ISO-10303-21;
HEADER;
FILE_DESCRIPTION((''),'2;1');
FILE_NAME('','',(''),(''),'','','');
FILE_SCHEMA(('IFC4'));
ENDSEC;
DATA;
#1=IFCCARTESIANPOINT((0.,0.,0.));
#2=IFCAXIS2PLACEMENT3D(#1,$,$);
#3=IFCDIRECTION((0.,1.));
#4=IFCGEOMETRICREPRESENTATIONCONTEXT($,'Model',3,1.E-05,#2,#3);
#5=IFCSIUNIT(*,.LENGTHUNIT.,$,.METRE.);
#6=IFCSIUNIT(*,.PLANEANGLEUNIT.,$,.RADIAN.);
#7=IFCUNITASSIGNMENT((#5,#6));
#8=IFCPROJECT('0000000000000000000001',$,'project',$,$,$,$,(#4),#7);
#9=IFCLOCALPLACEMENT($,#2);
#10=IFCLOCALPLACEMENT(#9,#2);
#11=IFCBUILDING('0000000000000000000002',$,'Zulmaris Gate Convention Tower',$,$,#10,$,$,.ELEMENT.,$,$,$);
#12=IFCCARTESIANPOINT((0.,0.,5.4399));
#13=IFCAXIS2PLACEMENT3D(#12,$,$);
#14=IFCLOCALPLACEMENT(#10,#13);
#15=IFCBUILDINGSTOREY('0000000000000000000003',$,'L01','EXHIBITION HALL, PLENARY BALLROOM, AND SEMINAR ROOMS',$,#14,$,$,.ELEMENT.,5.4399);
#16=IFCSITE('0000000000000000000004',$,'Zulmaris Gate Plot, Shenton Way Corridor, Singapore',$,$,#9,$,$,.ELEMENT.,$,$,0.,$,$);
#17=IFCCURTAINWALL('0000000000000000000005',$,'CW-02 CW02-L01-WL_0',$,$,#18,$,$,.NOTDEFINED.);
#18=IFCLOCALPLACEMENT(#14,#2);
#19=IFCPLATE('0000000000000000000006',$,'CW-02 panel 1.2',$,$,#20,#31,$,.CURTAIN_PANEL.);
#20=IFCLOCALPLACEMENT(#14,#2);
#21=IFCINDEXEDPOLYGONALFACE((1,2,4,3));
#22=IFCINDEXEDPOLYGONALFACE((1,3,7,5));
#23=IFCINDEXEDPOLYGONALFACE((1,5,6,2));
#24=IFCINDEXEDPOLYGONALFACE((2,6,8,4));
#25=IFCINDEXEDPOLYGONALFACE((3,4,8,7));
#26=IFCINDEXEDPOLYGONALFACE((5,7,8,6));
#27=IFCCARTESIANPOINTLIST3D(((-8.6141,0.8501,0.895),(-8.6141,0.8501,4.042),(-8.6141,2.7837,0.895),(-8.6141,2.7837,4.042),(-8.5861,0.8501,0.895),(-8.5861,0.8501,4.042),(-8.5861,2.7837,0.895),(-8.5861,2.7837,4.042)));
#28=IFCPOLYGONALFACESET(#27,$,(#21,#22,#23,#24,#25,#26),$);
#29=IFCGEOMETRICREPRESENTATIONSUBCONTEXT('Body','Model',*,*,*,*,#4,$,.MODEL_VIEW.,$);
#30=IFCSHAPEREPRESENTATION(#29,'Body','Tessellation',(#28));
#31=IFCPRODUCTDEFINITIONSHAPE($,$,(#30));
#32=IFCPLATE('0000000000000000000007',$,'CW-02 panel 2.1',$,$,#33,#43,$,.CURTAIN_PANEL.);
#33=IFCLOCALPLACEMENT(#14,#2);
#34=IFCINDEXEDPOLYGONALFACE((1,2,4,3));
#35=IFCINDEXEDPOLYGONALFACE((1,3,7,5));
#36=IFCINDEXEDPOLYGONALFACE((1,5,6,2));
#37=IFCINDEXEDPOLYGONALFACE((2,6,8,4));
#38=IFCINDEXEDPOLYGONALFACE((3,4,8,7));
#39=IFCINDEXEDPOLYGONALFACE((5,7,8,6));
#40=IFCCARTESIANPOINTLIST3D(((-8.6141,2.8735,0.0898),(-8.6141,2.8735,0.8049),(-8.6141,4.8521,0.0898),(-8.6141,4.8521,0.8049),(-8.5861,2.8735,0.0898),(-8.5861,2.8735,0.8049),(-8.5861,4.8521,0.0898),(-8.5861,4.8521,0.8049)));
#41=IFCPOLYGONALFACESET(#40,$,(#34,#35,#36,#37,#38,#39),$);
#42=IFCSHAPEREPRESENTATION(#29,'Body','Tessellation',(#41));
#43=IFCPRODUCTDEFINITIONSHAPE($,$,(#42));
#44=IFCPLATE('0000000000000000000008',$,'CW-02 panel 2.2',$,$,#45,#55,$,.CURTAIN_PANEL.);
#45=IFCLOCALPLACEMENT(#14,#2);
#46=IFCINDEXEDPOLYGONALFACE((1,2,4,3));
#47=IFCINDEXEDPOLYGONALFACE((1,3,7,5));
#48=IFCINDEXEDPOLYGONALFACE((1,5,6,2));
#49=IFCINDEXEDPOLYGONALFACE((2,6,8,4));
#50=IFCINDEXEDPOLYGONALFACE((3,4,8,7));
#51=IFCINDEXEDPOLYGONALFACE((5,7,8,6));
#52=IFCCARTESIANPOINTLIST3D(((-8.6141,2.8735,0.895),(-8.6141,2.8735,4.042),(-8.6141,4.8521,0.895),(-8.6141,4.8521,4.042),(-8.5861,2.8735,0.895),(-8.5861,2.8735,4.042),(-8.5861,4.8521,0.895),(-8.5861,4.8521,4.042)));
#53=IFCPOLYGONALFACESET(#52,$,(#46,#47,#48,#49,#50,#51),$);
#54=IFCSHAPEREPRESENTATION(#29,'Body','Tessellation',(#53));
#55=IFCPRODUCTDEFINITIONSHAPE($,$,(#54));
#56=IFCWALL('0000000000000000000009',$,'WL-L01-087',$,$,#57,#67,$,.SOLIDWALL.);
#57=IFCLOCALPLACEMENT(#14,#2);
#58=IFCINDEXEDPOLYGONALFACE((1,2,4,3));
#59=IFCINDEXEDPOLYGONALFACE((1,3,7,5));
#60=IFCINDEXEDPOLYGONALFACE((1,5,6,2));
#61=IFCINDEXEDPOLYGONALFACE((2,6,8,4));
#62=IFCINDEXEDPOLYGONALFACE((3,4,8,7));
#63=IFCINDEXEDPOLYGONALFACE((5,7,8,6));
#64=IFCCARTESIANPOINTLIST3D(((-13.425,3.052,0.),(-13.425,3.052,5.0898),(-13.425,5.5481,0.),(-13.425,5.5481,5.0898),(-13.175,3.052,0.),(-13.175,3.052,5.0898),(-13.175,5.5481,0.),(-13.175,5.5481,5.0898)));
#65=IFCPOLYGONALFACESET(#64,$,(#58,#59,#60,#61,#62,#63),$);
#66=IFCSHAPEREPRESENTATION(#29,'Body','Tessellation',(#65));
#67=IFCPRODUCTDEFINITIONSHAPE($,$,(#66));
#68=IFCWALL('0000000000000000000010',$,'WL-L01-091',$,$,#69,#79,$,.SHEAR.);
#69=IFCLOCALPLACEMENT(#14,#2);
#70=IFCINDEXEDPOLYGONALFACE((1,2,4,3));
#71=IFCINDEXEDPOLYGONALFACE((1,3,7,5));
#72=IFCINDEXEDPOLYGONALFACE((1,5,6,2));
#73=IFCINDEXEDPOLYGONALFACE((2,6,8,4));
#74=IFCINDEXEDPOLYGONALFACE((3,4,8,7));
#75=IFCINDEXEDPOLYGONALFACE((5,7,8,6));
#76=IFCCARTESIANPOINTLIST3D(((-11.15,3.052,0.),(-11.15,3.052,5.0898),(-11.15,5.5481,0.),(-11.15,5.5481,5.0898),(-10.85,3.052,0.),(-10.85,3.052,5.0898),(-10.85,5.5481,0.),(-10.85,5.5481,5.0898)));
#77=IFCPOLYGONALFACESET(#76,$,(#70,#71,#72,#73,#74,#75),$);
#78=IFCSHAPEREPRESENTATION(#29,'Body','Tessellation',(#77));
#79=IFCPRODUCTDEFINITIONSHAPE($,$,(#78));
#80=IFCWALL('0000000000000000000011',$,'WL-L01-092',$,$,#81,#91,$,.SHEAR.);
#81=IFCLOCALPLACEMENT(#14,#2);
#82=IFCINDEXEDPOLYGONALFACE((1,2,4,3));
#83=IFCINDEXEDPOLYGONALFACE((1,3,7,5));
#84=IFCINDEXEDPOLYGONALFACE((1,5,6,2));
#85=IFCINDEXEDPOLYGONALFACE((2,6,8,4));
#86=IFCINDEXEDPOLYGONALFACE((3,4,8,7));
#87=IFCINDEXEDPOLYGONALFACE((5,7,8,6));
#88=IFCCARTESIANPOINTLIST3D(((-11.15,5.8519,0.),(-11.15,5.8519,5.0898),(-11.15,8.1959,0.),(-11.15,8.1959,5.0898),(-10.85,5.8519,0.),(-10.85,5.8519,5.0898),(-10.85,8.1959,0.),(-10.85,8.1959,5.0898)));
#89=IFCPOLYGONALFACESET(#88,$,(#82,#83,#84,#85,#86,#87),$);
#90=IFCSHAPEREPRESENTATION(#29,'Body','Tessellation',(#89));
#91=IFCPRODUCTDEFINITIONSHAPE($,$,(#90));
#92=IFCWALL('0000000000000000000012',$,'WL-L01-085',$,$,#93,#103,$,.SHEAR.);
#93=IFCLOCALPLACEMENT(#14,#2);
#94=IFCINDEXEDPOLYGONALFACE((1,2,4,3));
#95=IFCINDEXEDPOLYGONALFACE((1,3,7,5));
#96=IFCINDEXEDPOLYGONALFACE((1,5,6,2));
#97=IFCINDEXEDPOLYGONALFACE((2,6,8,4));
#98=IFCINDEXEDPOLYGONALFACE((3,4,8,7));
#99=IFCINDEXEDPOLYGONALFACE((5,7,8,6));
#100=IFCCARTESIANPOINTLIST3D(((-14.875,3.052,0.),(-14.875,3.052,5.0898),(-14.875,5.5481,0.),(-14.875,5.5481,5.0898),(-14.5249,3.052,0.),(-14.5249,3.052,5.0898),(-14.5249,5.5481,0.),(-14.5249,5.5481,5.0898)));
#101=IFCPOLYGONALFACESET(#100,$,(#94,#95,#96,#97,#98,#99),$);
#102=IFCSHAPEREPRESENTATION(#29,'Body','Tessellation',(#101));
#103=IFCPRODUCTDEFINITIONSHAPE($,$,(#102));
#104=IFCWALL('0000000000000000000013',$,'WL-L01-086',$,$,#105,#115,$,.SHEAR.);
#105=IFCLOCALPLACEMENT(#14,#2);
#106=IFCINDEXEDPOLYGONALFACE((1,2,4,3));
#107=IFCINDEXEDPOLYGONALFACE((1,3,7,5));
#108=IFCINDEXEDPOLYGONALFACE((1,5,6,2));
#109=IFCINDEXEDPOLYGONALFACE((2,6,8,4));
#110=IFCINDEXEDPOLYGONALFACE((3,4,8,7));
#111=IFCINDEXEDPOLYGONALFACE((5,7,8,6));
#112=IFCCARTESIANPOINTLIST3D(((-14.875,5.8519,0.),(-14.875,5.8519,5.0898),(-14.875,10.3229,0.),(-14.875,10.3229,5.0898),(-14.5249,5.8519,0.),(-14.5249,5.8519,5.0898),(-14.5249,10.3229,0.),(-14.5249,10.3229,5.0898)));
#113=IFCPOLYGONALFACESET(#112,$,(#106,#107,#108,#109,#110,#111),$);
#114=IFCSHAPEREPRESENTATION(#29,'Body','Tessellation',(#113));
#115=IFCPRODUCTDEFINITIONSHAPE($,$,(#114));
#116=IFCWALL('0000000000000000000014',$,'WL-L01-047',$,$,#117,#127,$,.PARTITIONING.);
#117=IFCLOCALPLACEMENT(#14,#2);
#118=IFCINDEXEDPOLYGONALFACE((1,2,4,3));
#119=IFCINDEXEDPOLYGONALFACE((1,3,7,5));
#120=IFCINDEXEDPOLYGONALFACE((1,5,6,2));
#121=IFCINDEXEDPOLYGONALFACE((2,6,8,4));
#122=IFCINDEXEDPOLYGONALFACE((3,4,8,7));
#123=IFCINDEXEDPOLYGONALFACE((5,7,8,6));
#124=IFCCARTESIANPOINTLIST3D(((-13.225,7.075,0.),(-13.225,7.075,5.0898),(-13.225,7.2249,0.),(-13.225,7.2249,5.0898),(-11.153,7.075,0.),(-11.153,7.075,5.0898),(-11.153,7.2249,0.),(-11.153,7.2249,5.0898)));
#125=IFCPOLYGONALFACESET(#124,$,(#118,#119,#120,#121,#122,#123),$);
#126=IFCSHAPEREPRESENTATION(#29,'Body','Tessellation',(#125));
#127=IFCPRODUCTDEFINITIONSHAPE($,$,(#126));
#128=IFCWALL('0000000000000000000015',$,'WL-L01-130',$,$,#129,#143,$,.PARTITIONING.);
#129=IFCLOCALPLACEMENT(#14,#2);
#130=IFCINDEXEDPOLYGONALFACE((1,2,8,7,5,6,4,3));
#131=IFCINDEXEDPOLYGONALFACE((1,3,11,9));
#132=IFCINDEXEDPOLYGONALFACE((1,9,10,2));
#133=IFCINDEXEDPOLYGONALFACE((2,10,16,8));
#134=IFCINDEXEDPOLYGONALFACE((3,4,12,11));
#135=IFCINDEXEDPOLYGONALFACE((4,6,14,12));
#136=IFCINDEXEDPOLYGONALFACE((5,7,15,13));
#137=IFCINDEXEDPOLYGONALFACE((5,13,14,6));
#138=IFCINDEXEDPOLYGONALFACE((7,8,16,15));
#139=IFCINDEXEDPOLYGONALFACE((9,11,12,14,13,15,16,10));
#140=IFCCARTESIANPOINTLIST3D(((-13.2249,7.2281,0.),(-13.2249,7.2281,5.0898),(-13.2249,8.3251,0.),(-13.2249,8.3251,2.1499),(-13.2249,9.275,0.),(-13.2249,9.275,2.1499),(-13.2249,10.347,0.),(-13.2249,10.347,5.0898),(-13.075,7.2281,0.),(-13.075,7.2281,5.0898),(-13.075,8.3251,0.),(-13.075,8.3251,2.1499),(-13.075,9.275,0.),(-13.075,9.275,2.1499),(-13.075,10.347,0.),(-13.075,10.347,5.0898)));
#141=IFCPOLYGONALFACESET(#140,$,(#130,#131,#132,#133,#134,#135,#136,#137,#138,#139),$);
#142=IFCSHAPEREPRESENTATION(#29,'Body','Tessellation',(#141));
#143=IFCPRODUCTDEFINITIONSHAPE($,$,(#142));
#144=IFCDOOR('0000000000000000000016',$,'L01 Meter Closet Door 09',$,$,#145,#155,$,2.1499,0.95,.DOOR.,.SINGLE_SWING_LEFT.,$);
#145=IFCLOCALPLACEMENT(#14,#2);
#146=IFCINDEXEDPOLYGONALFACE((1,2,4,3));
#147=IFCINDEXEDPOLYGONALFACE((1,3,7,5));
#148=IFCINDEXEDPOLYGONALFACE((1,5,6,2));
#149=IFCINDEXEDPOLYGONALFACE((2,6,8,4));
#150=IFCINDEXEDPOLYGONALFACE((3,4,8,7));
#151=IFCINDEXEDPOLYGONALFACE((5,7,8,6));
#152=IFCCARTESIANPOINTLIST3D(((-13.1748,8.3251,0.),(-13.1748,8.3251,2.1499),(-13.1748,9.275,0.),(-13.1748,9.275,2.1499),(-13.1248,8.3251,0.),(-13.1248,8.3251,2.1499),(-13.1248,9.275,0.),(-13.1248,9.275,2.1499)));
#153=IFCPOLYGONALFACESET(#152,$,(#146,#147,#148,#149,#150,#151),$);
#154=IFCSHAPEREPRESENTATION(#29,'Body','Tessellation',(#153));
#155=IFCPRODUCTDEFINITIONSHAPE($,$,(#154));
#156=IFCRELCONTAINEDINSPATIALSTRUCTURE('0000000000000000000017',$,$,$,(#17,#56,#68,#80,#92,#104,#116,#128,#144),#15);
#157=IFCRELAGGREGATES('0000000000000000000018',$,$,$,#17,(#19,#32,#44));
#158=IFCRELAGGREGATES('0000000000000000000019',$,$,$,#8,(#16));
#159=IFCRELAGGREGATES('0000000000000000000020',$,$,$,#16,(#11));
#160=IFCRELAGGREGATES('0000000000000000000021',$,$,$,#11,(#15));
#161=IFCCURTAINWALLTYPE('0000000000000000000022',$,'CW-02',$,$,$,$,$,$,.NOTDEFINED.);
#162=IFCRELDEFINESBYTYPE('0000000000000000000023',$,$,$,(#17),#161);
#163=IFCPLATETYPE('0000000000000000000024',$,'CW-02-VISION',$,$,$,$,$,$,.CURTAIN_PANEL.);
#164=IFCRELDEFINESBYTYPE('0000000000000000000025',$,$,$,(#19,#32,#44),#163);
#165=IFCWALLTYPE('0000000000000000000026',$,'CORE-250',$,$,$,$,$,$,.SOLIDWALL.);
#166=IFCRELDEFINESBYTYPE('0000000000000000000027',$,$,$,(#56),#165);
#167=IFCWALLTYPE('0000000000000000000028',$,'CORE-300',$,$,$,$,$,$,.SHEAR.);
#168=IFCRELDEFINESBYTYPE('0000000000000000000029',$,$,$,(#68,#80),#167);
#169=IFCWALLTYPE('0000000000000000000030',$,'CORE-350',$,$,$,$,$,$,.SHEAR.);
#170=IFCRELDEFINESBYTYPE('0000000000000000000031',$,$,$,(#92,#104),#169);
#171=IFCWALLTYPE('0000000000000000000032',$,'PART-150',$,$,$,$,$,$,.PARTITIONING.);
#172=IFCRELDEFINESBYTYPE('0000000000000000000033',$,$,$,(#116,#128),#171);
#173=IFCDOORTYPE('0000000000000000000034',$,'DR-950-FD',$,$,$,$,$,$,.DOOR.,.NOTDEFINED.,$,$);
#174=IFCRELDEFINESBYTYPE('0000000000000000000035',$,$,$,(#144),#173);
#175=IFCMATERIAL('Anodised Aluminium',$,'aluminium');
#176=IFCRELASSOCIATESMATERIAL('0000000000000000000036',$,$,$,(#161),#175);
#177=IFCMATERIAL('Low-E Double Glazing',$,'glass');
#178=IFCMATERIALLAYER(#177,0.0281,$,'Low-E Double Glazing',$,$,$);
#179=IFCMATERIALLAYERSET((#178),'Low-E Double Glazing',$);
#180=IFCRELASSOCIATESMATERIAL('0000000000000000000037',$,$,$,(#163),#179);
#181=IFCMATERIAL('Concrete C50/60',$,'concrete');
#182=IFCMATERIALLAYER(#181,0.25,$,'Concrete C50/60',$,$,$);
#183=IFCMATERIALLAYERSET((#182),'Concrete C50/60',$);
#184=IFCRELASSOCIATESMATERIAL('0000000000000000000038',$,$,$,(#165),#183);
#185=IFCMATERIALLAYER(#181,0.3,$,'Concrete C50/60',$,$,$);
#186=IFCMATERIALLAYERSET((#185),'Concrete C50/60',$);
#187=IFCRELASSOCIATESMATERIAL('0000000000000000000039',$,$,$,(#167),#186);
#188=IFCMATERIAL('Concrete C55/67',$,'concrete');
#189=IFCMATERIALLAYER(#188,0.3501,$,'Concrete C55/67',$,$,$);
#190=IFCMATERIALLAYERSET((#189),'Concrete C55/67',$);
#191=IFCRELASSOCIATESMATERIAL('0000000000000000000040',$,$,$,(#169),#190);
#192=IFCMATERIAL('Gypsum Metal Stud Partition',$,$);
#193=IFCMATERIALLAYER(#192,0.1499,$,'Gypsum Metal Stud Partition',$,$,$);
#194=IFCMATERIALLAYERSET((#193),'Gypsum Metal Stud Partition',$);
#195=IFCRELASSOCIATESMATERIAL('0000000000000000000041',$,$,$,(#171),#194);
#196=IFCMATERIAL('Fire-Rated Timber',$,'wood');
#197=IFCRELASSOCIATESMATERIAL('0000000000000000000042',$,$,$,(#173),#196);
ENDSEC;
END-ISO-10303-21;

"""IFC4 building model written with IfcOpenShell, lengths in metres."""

from ifc_helpers import new_model, si_unit, direction, frame, frame_2d, origin, origin_2d, place, context, subcontext, project, spatial, rectangle, extrude, material, layer, layer_set, type_object, element, fill, aggregate, save


model = new_model("IFC4")

# Units and contexts
model_context = context("Model", 3, precision=1e-05, world=origin(), true_north=direction((0.0, 1.0)))
body_context = subcontext(model_context, "Body", "Model", "MODEL_VIEW")
ifc_project = project(units=[si_unit("LENGTHUNIT", "METRE"), si_unit("PLANEANGLEUNIT", "RADIAN")], contexts=[model_context])

# Site, building, storey
site_placement = place(None, origin())
site = spatial("IfcSite", under=ifc_project, at=site_placement, Name="Zulmaris Gate Plot, Shenton Way Corridor, Singapore", CompositionType="ELEMENT", RefElevation=0.0)
building_placement = place(site_placement, origin())
building = spatial("IfcBuilding", under=site, at=building_placement, Name="Zulmaris Gate Convention Tower", CompositionType="ELEMENT")
storey_placement = place(building_placement, frame((0.0, 0.0, 5.4399)))
storey = spatial("IfcBuildingStorey", under=building, at=storey_placement, Name="L01", Description="EXHIBITION HALL, PLENARY BALLROOM, AND SEMINAR ROOMS", CompositionType="ELEMENT", Elevation=5.4399)

# Curtain wall, plates
ifc_material_1 = material(Name="Anodised Aluminium", Category="aluminium")
curtain_wall_type = type_object("IfcCurtainWallType", Name="CW-02", PredefinedType="NOTDEFINED", material=ifc_material_1)
curtain_wall_placement = place(storey_placement, origin())
curtain_wall = element("IfcCurtainWall", 1, at=curtain_wall_placement, inside=storey, type_object=curtain_wall_type, Name="CW-02 CW02-L01-WL_0", PredefinedType="NOTDEFINED")
ifc_material_2 = material(Name="Low-E Double Glazing", Category="glass")
ifc_layer_1 = layer(ifc_material_2, 0.0281, Name="Low-E Double Glazing")
ifc_layer_set_1 = layer_set([ifc_layer_1], Name="Low-E Double Glazing")
plate_type = type_object("IfcPlateType", Name="CW-02-VISION", PredefinedType="CURTAIN_PANEL", material=ifc_layer_set_1)
plate_1_placement = place(storey_placement, frame((-8.6001, 1.8169, 0.895), z_axis=(0.0, 0.0, 1.0), x_axis=(0.0, 1.0, 0.0)))
plate_1 = element("IfcPlate", 2, at=plate_1_placement, type_object=plate_type, Name="CW-02 panel 1.2", PredefinedType="CURTAIN_PANEL", context=body_context, shape_type="SweptSolid", body=[
    extrude(rectangle(XDim=1.9336, YDim=0.0281, at=origin_2d()), origin(), (0.0, 0.0, 1.0), 3.147),
])
plate_2_placement = place(storey_placement, frame((-8.6001, 3.8628, 0.0898), z_axis=(0.0, 0.0, 1.0), x_axis=(0.0, 1.0, 0.0)))
plate_2 = element("IfcPlate", 3, at=plate_2_placement, type_object=plate_type, Name="CW-02 panel 2.1", PredefinedType="CURTAIN_PANEL", context=body_context, shape_type="SweptSolid", body=[
    extrude(rectangle(XDim=1.9785, YDim=0.0281, at=origin_2d()), origin(), (0.0, 0.0, 1.0), 0.7151),
])
plate_3_placement = place(storey_placement, frame((-8.6001, 3.8628, 0.895), z_axis=(0.0, 0.0, 1.0), x_axis=(0.0, 1.0, 0.0)))
plate_3 = element("IfcPlate", 4, at=plate_3_placement, type_object=plate_type, Name="CW-02 panel 2.2", PredefinedType="CURTAIN_PANEL", context=body_context, shape_type="SweptSolid", body=[
    extrude(rectangle(XDim=1.9785, YDim=0.0281, at=origin_2d()), origin(), (0.0, 0.0, 1.0), 3.147),
])
aggregate(curtain_wall, [plate_1, plate_2, plate_3])

# Wall
ifc_material_3 = material(Name="Concrete C50/60", Category="concrete")
ifc_layer_2 = layer(ifc_material_3, 0.25, Name="Concrete C50/60")
ifc_layer_set_2 = layer_set([ifc_layer_2], Name="Concrete C50/60")
wall_type_1 = type_object("IfcWallType", Name="CORE-250", PredefinedType="SOLIDWALL", material=ifc_layer_set_2)
wall_1_placement = place(storey_placement, frame((-13.3, 3.052, 0.0), z_axis=(0.0, 0.0, 1.0), x_axis=(0.0, 1.0, 0.0)))
element("IfcWall", 5, at=wall_1_placement, inside=storey, type_object=wall_type_1, Name="WL-L01-087", PredefinedType="SOLIDWALL", context=body_context, shape_type="SweptSolid", body=[
    extrude(rectangle(XDim=2.4961, YDim=0.25, at=frame_2d((1.248, 0.0))), origin(), (0.0, 0.0, 1.0), 5.0898),
])

# Shared definitions
ifc_layer_3 = layer(ifc_material_3, 0.3, Name="Concrete C50/60")
ifc_layer_set_3 = layer_set([ifc_layer_3], Name="Concrete C50/60")
wall_type_2 = type_object("IfcWallType", Name="CORE-300", PredefinedType="SHEAR", material=ifc_layer_set_3)

# Walls
wall_2_placement = place(storey_placement, frame((-11.0, 3.052, 0.0), z_axis=(0.0, 0.0, 1.0), x_axis=(0.0, 1.0, 0.0)))
element("IfcWall", 6, at=wall_2_placement, inside=storey, type_object=wall_type_2, Name="WL-L01-091", PredefinedType="SHEAR", context=body_context, shape_type="SweptSolid", body=[
    extrude(rectangle(XDim=2.4961, YDim=0.3, at=frame_2d((1.248, 0.0))), origin(), (0.0, 0.0, 1.0), 5.0898),
])
wall_3_placement = place(storey_placement, frame((-11.0, 5.8521, 0.0), z_axis=(0.0, 0.0, 1.0), x_axis=(0.0, 1.0, 0.0)))
element("IfcWall", 7, at=wall_3_placement, inside=storey, type_object=wall_type_2, Name="WL-L01-092", PredefinedType="SHEAR", context=body_context, shape_type="SweptSolid", body=[
    extrude(rectangle(XDim=2.344, YDim=0.3, at=frame_2d((1.1719, 0.0))), origin(), (0.0, 0.0, 1.0), 5.0898),
])
ifc_material_4 = material(Name="Concrete C55/67", Category="concrete")
ifc_layer_4 = layer(ifc_material_4, 0.3501, Name="Concrete C55/67")
ifc_layer_set_4 = layer_set([ifc_layer_4], Name="Concrete C55/67")
wall_type_3 = type_object("IfcWallType", Name="CORE-350", PredefinedType="SHEAR", material=ifc_layer_set_4)
wall_4_placement = place(storey_placement, frame((-14.7, 3.052, 0.0), z_axis=(0.0, 0.0, 1.0), x_axis=(0.0, 1.0, 0.0)))
element("IfcWall", 8, at=wall_4_placement, inside=storey, type_object=wall_type_3, Name="WL-L01-085", PredefinedType="SHEAR", context=body_context, shape_type="SweptSolid", body=[
    extrude(rectangle(XDim=2.4961, YDim=0.3501, at=frame_2d((1.248, 0.0))), origin(), (0.0, 0.0, 1.0), 5.0898),
])
wall_5_placement = place(storey_placement, frame((-14.7, 5.8521, 0.0), z_axis=(0.0, 0.0, 1.0), x_axis=(0.0, 1.0, 0.0)))
element("IfcWall", 9, at=wall_5_placement, inside=storey, type_object=wall_type_3, Name="WL-L01-086", PredefinedType="SHEAR", context=body_context, shape_type="SweptSolid", body=[
    extrude(rectangle(XDim=4.4709, YDim=0.3501, at=frame_2d((2.2354, 0.0))), origin(), (0.0, 0.0, 1.0), 5.0898),
])
ifc_material_5 = material(Name="Gypsum Metal Stud Partition")
ifc_layer_5 = layer(ifc_material_5, 0.1499, Name="Gypsum Metal Stud Partition")
ifc_layer_set_5 = layer_set([ifc_layer_5], Name="Gypsum Metal Stud Partition")
wall_type_4 = type_object("IfcWallType", Name="PART-150", PredefinedType="PARTITIONING", material=ifc_layer_set_5)
wall_6_placement = place(storey_placement, frame((-13.2251, 7.1499, 0.0), z_axis=(0.0, 0.0, 1.0), x_axis=(1.0, 0.0, 0.0)))
element("IfcWall", 10, at=wall_6_placement, inside=storey, type_object=wall_type_4, Name="WL-L01-047", PredefinedType="PARTITIONING", context=body_context, shape_type="SweptSolid", body=[
    extrude(rectangle(XDim=2.072, YDim=0.1499, at=frame_2d((1.0361, 0.0))), origin(), (0.0, 0.0, 1.0), 5.0898),
])

# Wall, opening, door
ifc_material_6 = material(Name="Fire-Rated Timber", Category="wood")
wall_7_placement = place(storey_placement, frame((-13.1499, 7.228, 0.0), z_axis=(0.0, 0.0, 1.0), x_axis=(0.0, 1.0, 0.0)))
wall_7 = element("IfcWall", 11, at=wall_7_placement, inside=storey, type_object=wall_type_4, Name="WL-L01-130", PredefinedType="PARTITIONING", context=body_context, shape_type="SweptSolid", body=[
    extrude(rectangle(XDim=3.1189, YDim=0.1499, at=frame_2d((1.5596, 0.0))), origin(), (0.0, 0.0, 1.0), 5.0898),
])
opening_1_placement = place(wall_7_placement, frame((1.0969, 0.0, 0.0)))
opening_1 = element("IfcOpeningElement", 12, at=opening_1_placement, cuts=wall_7, PredefinedType="OPENING", context=body_context, shape_type="SweptSolid", body=[
    extrude(rectangle(XDim=0.95, YDim=2.1499, at=frame_2d((0.4751, 1.075))), frame((0.0, 0.085, 0.0), z_axis=(0.0, -1.0, 0.0), x_axis=(1.0, 0.0, 0.0)), (0.0, 0.0, 1.0), 0.1699),
])
door_type_1 = type_object("IfcDoorType", Name="DR-950-FD", OperationType="NOTDEFINED", PredefinedType="DOOR", material=ifc_material_6)
door_1_placement = place(opening_1_placement, origin())
door_1 = element("IfcDoor", 13, at=door_1_placement, inside=storey, type_object=door_type_1, Name="L01 Meter Closet Door 09", OperationType="SINGLE_SWING_LEFT", OverallHeight=2.1499, OverallWidth=0.95, PredefinedType="DOOR", context=body_context, shape_type="SweptSolid", body=[
    extrude(rectangle(XDim=0.95, YDim=2.1499, at=frame_2d((0.4751, 1.075))), frame((0.0, 0.0249, 0.0), z_axis=(0.0, -1.0, 0.0), x_axis=(1.0, 0.0, 0.0)), (0.0, 0.0, 1.0), 0.05),
])
fill(opening_1, door_1)

save(model, "model.ifc")
